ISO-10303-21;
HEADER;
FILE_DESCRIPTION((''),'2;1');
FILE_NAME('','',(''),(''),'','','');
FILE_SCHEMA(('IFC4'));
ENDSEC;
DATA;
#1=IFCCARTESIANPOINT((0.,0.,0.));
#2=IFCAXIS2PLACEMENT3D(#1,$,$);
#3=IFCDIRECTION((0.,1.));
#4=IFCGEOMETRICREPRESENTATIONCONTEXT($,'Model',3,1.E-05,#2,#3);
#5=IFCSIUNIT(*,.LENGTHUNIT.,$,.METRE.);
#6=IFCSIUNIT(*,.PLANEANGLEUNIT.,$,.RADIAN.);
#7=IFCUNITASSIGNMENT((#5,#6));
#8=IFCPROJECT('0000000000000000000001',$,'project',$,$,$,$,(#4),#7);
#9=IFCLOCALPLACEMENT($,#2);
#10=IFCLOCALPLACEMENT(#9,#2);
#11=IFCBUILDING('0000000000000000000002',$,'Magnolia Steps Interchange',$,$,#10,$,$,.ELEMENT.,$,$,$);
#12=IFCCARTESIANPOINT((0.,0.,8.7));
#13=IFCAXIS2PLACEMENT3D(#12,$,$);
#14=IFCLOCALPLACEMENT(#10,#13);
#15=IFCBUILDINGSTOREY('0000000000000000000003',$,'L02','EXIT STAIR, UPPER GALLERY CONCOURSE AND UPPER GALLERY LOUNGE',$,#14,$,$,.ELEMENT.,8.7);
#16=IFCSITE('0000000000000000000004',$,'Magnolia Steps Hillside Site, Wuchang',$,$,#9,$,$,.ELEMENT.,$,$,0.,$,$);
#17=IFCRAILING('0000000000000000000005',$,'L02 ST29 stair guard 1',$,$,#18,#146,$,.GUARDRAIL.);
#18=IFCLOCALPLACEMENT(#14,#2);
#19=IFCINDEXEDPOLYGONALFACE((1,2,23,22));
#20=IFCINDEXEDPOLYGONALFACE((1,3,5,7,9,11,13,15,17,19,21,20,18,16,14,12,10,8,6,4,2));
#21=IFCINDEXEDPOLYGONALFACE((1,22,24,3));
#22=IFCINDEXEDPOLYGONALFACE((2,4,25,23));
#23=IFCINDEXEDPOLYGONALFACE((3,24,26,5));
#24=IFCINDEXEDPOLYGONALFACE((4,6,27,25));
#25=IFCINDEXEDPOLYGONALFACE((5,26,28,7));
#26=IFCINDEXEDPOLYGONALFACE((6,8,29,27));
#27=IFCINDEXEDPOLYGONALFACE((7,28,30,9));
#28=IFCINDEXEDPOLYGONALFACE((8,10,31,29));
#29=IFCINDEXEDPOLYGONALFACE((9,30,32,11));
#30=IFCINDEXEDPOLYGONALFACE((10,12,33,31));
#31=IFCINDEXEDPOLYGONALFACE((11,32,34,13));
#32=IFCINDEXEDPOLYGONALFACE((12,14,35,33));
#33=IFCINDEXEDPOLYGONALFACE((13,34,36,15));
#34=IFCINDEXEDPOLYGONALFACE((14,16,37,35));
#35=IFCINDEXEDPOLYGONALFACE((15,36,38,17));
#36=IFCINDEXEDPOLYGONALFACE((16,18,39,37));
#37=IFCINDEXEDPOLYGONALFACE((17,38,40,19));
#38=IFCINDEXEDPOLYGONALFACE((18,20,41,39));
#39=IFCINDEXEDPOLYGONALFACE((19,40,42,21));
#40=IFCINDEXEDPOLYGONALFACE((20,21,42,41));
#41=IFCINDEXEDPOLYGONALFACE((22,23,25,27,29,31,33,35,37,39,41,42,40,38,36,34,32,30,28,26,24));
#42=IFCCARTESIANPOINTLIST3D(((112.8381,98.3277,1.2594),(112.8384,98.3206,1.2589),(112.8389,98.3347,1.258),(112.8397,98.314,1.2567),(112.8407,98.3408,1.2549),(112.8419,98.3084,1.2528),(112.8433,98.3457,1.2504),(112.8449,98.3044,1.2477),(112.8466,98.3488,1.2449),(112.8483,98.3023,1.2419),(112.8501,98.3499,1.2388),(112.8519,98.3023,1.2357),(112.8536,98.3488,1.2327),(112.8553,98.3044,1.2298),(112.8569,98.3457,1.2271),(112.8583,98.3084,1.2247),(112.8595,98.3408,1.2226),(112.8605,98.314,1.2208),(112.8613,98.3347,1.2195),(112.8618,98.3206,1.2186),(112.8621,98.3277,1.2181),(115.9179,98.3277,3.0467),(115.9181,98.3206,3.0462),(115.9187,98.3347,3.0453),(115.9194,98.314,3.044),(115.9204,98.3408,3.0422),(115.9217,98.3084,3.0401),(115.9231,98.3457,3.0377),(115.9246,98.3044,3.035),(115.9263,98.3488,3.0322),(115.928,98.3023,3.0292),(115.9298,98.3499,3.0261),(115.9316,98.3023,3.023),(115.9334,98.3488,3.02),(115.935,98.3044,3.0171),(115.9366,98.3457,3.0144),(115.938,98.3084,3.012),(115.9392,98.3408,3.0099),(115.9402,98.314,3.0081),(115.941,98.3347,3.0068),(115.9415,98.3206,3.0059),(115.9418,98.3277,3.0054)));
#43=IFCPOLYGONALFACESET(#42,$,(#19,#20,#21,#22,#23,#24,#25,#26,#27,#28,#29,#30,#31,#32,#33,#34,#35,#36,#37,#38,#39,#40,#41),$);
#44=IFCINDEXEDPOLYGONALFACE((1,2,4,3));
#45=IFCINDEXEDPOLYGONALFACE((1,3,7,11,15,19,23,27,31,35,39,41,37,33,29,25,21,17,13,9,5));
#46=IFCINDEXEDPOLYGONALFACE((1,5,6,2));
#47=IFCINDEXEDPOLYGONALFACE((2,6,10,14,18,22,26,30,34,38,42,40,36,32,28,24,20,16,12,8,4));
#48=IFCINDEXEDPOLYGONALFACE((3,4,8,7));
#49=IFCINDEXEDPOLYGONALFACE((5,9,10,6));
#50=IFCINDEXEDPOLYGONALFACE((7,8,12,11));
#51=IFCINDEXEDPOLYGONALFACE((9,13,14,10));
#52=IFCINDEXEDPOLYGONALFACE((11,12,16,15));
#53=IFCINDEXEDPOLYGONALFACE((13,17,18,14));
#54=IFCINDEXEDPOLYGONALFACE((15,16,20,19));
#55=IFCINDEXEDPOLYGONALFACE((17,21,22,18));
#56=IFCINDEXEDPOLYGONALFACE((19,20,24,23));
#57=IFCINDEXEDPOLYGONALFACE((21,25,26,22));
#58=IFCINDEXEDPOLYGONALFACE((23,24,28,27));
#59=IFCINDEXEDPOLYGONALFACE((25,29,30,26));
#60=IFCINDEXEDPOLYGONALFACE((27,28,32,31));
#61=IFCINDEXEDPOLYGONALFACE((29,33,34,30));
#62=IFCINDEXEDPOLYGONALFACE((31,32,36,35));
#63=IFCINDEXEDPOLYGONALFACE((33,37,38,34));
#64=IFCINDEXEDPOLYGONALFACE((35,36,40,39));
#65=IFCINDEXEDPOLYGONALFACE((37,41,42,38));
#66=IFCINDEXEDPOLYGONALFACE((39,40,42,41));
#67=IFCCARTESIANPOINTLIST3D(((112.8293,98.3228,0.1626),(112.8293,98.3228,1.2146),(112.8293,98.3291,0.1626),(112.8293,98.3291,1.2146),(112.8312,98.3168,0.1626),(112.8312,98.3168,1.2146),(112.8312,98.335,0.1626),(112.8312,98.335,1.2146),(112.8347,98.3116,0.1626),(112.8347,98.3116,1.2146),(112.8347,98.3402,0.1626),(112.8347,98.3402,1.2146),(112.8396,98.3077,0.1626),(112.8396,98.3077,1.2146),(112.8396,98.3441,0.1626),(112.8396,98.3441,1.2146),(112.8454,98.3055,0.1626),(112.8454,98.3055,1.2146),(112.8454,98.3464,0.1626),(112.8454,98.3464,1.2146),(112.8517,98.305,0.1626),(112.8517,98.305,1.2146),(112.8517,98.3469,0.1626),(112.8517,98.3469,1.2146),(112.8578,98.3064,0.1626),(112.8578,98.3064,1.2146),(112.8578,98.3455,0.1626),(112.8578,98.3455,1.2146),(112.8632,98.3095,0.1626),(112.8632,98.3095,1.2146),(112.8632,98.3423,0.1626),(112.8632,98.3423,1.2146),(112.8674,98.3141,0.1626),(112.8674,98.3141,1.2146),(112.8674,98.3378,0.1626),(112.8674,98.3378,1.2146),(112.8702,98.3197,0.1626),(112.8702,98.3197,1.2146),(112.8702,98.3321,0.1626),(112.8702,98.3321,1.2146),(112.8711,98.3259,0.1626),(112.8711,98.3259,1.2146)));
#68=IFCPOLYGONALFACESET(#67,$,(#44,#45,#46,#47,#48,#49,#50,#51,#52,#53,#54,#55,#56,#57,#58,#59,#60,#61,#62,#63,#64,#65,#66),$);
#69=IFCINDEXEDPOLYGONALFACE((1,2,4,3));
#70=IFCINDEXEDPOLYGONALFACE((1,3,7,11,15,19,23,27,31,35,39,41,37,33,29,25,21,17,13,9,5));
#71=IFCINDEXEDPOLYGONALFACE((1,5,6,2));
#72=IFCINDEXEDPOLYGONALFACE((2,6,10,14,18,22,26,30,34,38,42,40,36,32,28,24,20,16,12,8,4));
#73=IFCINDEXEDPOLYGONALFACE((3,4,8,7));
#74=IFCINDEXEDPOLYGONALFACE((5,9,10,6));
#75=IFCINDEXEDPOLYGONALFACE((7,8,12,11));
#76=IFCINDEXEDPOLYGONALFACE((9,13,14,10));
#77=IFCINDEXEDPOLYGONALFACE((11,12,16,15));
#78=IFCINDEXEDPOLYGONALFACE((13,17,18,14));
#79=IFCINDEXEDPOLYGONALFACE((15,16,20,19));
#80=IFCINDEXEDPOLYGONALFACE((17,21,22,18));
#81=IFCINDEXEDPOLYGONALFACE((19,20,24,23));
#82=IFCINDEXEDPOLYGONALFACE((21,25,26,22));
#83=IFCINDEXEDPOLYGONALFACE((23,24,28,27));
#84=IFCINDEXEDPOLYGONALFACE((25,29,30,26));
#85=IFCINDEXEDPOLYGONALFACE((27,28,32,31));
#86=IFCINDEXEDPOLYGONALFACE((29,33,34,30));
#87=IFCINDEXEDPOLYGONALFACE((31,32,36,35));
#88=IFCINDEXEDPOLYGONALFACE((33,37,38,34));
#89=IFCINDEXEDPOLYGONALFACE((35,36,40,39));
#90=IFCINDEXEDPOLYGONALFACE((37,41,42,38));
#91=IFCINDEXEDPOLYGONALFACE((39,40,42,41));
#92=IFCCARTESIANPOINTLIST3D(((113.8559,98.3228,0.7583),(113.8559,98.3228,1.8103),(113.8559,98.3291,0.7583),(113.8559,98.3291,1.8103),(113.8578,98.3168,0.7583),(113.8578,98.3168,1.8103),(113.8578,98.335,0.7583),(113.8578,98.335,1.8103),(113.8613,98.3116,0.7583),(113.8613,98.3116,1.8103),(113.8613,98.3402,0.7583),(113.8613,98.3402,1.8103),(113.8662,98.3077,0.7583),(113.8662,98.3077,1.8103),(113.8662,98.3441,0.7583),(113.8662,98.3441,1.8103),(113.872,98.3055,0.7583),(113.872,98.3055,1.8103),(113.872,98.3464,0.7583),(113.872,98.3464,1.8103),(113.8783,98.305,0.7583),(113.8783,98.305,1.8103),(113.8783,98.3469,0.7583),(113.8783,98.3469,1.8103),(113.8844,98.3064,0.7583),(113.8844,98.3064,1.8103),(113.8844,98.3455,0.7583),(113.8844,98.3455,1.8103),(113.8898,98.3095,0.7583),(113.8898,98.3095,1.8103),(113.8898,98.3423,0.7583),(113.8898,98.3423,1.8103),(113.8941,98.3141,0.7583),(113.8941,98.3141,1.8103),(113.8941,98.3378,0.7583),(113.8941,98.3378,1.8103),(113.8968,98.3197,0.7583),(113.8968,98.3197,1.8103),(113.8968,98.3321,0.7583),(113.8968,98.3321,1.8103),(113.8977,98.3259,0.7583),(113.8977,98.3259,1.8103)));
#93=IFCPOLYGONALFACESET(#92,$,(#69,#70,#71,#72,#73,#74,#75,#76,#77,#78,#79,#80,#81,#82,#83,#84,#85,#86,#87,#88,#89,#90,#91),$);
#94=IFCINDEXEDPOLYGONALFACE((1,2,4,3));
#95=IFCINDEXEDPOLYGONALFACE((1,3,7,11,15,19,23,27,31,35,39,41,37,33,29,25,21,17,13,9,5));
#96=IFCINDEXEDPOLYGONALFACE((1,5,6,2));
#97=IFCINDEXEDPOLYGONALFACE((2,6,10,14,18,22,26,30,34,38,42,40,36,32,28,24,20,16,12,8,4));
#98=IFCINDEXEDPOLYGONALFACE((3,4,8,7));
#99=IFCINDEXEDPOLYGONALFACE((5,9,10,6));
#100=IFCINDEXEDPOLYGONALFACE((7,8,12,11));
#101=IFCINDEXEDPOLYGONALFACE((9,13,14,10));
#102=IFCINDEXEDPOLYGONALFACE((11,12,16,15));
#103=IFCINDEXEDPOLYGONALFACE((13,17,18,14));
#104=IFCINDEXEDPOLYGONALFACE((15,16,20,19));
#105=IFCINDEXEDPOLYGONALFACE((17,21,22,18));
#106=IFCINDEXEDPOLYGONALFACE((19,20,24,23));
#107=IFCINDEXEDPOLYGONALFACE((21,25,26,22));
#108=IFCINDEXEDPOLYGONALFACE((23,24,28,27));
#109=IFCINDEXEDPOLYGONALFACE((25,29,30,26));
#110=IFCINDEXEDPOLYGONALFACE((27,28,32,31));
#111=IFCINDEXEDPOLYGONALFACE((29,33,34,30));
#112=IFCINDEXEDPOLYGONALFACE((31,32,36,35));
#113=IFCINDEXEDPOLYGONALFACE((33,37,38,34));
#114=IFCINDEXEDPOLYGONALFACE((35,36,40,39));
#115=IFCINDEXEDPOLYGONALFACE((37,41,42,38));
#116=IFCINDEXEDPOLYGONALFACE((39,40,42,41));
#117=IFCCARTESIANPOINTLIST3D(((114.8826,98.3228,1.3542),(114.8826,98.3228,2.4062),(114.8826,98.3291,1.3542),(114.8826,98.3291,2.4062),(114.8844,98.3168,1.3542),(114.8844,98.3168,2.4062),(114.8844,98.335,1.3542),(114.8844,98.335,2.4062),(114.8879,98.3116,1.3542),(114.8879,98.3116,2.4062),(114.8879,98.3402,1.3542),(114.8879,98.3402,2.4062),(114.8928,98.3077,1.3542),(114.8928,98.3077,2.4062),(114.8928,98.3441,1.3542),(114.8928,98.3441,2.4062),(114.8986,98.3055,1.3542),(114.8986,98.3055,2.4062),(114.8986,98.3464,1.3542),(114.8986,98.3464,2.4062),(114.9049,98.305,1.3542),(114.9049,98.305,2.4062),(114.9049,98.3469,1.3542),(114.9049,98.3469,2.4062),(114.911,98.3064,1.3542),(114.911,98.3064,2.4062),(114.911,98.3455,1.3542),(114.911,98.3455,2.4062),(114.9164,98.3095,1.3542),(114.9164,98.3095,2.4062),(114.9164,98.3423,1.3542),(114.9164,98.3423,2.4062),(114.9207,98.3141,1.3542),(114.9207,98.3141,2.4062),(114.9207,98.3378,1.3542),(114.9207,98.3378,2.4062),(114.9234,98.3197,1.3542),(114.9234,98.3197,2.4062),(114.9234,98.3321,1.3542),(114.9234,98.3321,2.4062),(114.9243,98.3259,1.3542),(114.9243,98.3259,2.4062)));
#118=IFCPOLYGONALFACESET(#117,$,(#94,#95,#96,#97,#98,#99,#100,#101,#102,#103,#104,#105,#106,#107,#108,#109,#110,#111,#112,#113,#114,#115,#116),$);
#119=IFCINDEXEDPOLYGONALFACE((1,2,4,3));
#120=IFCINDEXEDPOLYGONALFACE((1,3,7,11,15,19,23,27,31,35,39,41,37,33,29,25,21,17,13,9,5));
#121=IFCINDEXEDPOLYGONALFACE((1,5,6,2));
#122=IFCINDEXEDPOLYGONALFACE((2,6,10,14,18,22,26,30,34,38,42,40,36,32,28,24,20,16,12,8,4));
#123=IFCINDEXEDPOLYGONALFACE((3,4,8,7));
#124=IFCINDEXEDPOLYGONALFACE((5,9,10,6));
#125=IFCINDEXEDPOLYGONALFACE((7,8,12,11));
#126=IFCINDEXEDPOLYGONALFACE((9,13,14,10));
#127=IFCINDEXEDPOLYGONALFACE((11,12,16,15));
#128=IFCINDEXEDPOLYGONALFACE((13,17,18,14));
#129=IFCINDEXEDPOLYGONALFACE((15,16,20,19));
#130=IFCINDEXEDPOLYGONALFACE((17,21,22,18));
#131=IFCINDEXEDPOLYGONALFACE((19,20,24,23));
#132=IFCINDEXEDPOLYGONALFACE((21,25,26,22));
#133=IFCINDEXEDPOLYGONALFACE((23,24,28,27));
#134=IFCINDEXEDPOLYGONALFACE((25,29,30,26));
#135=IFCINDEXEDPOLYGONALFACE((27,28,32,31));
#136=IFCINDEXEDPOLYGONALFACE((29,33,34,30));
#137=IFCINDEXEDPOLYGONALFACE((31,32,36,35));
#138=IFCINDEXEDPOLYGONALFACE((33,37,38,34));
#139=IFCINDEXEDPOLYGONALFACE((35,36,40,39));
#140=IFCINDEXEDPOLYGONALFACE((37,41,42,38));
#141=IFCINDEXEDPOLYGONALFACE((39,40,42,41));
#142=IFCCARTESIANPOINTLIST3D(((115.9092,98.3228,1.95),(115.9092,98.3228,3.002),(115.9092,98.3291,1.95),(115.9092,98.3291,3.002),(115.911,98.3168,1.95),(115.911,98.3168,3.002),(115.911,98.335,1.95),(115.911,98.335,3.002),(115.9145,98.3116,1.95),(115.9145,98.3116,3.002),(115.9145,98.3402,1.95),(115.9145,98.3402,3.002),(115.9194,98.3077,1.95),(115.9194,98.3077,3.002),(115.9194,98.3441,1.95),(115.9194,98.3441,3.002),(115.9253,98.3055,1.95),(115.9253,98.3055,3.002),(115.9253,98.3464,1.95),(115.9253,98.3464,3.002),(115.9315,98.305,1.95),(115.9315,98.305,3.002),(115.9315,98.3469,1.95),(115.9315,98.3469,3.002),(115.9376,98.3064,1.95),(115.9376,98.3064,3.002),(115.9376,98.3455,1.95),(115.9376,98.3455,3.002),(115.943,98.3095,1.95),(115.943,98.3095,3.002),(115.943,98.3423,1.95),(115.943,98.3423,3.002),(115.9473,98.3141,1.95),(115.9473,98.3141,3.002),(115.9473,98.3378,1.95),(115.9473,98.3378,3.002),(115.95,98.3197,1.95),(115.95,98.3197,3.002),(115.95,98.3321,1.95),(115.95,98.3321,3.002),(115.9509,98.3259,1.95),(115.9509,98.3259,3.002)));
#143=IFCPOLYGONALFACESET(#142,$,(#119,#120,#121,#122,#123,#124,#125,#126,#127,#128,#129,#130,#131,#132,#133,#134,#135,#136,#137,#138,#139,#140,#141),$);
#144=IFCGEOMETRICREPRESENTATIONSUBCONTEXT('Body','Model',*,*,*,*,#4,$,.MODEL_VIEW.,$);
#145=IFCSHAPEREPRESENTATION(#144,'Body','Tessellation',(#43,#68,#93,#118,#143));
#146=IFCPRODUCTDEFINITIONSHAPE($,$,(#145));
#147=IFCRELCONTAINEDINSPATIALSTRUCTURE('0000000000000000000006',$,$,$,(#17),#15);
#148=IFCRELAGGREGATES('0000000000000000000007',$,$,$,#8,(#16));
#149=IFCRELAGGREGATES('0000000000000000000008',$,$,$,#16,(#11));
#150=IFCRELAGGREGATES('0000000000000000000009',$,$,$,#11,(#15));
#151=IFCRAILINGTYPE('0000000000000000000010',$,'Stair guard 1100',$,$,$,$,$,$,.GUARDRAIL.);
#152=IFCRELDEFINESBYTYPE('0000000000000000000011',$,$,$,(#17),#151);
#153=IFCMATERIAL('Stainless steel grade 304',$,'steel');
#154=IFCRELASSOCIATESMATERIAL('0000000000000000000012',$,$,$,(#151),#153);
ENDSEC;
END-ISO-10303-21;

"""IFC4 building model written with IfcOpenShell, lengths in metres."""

from ifc_helpers import new_model, si_unit, direction, frame, origin, origin_2d, place, context, subcontext, project, spatial, circle, extrude, material, type_object, element, save


model = new_model("IFC4")

# Units and contexts
model_context = context("Model", 3, precision=1e-05, world=origin(), true_north=direction((0.0, 1.0)))
body_context = subcontext(model_context, "Body", "Model", "MODEL_VIEW")
ifc_project = project(units=[si_unit("LENGTHUNIT", "METRE"), si_unit("PLANEANGLEUNIT", "RADIAN")], contexts=[model_context])

# Site, building, storey
site_placement = place(None, origin())
site = spatial("IfcSite", under=ifc_project, at=site_placement, Name="Magnolia Steps Hillside Site, Wuchang", CompositionType="ELEMENT", RefElevation=0.0)
building_placement = place(site_placement, origin())
building = spatial("IfcBuilding", under=site, at=building_placement, Name="Magnolia Steps Interchange", CompositionType="ELEMENT")
storey_placement = place(building_placement, frame((0.0, 0.0, 8.7)))
storey = spatial("IfcBuildingStorey", under=building, at=storey_placement, Name="L02", Description="EXIT STAIR, UPPER GALLERY CONCOURSE AND UPPER GALLERY LOUNGE", CompositionType="ELEMENT", Elevation=8.7)

# Railing
ifc_material_1 = material(Name="Stainless steel grade 304", Category="steel")
railing_type_1 = type_object("IfcRailingType", Name="Stair guard 1100", PredefinedType="GUARDRAIL", material=ifc_material_1)
railing_1_placement = place(storey_placement, frame((112.8501, 98.3259, 0.1626)))
element("IfcRailing", 1, at=railing_1_placement, inside=storey, type_object=railing_type_1, Name="L02 ST29 stair guard 1", PredefinedType="GUARDRAIL", context=body_context, shape_type="SweptSolid", body=[
    extrude(circle(Radius=0.0239, at=origin_2d()), frame((0.0, 0.0, 1.0762), z_axis=(0.864903, 0.0, 0.501939), x_axis=(0.0, 1.0, 0.0)), (0.0, 0.0, 1.0), 3.5608),
    extrude(circle(Radius=0.021, at=origin_2d()), origin(), (0.0, 0.0, 1.0), 1.052),
    extrude(circle(Radius=0.021, at=origin_2d()), frame((1.0266, 0.0, 0.5957)), (0.0, 0.0, 1.0), 1.052),
    extrude(circle(Radius=0.021, at=origin_2d()), frame((2.0532, 0.0, 1.1917)), (0.0, 0.0, 1.0), 1.052),
    extrude(circle(Radius=0.021, at=origin_2d()), frame((3.0798, 0.0, 1.7874)), (0.0, 0.0, 1.0), 1.052),
])

save(model, "model.ifc")
